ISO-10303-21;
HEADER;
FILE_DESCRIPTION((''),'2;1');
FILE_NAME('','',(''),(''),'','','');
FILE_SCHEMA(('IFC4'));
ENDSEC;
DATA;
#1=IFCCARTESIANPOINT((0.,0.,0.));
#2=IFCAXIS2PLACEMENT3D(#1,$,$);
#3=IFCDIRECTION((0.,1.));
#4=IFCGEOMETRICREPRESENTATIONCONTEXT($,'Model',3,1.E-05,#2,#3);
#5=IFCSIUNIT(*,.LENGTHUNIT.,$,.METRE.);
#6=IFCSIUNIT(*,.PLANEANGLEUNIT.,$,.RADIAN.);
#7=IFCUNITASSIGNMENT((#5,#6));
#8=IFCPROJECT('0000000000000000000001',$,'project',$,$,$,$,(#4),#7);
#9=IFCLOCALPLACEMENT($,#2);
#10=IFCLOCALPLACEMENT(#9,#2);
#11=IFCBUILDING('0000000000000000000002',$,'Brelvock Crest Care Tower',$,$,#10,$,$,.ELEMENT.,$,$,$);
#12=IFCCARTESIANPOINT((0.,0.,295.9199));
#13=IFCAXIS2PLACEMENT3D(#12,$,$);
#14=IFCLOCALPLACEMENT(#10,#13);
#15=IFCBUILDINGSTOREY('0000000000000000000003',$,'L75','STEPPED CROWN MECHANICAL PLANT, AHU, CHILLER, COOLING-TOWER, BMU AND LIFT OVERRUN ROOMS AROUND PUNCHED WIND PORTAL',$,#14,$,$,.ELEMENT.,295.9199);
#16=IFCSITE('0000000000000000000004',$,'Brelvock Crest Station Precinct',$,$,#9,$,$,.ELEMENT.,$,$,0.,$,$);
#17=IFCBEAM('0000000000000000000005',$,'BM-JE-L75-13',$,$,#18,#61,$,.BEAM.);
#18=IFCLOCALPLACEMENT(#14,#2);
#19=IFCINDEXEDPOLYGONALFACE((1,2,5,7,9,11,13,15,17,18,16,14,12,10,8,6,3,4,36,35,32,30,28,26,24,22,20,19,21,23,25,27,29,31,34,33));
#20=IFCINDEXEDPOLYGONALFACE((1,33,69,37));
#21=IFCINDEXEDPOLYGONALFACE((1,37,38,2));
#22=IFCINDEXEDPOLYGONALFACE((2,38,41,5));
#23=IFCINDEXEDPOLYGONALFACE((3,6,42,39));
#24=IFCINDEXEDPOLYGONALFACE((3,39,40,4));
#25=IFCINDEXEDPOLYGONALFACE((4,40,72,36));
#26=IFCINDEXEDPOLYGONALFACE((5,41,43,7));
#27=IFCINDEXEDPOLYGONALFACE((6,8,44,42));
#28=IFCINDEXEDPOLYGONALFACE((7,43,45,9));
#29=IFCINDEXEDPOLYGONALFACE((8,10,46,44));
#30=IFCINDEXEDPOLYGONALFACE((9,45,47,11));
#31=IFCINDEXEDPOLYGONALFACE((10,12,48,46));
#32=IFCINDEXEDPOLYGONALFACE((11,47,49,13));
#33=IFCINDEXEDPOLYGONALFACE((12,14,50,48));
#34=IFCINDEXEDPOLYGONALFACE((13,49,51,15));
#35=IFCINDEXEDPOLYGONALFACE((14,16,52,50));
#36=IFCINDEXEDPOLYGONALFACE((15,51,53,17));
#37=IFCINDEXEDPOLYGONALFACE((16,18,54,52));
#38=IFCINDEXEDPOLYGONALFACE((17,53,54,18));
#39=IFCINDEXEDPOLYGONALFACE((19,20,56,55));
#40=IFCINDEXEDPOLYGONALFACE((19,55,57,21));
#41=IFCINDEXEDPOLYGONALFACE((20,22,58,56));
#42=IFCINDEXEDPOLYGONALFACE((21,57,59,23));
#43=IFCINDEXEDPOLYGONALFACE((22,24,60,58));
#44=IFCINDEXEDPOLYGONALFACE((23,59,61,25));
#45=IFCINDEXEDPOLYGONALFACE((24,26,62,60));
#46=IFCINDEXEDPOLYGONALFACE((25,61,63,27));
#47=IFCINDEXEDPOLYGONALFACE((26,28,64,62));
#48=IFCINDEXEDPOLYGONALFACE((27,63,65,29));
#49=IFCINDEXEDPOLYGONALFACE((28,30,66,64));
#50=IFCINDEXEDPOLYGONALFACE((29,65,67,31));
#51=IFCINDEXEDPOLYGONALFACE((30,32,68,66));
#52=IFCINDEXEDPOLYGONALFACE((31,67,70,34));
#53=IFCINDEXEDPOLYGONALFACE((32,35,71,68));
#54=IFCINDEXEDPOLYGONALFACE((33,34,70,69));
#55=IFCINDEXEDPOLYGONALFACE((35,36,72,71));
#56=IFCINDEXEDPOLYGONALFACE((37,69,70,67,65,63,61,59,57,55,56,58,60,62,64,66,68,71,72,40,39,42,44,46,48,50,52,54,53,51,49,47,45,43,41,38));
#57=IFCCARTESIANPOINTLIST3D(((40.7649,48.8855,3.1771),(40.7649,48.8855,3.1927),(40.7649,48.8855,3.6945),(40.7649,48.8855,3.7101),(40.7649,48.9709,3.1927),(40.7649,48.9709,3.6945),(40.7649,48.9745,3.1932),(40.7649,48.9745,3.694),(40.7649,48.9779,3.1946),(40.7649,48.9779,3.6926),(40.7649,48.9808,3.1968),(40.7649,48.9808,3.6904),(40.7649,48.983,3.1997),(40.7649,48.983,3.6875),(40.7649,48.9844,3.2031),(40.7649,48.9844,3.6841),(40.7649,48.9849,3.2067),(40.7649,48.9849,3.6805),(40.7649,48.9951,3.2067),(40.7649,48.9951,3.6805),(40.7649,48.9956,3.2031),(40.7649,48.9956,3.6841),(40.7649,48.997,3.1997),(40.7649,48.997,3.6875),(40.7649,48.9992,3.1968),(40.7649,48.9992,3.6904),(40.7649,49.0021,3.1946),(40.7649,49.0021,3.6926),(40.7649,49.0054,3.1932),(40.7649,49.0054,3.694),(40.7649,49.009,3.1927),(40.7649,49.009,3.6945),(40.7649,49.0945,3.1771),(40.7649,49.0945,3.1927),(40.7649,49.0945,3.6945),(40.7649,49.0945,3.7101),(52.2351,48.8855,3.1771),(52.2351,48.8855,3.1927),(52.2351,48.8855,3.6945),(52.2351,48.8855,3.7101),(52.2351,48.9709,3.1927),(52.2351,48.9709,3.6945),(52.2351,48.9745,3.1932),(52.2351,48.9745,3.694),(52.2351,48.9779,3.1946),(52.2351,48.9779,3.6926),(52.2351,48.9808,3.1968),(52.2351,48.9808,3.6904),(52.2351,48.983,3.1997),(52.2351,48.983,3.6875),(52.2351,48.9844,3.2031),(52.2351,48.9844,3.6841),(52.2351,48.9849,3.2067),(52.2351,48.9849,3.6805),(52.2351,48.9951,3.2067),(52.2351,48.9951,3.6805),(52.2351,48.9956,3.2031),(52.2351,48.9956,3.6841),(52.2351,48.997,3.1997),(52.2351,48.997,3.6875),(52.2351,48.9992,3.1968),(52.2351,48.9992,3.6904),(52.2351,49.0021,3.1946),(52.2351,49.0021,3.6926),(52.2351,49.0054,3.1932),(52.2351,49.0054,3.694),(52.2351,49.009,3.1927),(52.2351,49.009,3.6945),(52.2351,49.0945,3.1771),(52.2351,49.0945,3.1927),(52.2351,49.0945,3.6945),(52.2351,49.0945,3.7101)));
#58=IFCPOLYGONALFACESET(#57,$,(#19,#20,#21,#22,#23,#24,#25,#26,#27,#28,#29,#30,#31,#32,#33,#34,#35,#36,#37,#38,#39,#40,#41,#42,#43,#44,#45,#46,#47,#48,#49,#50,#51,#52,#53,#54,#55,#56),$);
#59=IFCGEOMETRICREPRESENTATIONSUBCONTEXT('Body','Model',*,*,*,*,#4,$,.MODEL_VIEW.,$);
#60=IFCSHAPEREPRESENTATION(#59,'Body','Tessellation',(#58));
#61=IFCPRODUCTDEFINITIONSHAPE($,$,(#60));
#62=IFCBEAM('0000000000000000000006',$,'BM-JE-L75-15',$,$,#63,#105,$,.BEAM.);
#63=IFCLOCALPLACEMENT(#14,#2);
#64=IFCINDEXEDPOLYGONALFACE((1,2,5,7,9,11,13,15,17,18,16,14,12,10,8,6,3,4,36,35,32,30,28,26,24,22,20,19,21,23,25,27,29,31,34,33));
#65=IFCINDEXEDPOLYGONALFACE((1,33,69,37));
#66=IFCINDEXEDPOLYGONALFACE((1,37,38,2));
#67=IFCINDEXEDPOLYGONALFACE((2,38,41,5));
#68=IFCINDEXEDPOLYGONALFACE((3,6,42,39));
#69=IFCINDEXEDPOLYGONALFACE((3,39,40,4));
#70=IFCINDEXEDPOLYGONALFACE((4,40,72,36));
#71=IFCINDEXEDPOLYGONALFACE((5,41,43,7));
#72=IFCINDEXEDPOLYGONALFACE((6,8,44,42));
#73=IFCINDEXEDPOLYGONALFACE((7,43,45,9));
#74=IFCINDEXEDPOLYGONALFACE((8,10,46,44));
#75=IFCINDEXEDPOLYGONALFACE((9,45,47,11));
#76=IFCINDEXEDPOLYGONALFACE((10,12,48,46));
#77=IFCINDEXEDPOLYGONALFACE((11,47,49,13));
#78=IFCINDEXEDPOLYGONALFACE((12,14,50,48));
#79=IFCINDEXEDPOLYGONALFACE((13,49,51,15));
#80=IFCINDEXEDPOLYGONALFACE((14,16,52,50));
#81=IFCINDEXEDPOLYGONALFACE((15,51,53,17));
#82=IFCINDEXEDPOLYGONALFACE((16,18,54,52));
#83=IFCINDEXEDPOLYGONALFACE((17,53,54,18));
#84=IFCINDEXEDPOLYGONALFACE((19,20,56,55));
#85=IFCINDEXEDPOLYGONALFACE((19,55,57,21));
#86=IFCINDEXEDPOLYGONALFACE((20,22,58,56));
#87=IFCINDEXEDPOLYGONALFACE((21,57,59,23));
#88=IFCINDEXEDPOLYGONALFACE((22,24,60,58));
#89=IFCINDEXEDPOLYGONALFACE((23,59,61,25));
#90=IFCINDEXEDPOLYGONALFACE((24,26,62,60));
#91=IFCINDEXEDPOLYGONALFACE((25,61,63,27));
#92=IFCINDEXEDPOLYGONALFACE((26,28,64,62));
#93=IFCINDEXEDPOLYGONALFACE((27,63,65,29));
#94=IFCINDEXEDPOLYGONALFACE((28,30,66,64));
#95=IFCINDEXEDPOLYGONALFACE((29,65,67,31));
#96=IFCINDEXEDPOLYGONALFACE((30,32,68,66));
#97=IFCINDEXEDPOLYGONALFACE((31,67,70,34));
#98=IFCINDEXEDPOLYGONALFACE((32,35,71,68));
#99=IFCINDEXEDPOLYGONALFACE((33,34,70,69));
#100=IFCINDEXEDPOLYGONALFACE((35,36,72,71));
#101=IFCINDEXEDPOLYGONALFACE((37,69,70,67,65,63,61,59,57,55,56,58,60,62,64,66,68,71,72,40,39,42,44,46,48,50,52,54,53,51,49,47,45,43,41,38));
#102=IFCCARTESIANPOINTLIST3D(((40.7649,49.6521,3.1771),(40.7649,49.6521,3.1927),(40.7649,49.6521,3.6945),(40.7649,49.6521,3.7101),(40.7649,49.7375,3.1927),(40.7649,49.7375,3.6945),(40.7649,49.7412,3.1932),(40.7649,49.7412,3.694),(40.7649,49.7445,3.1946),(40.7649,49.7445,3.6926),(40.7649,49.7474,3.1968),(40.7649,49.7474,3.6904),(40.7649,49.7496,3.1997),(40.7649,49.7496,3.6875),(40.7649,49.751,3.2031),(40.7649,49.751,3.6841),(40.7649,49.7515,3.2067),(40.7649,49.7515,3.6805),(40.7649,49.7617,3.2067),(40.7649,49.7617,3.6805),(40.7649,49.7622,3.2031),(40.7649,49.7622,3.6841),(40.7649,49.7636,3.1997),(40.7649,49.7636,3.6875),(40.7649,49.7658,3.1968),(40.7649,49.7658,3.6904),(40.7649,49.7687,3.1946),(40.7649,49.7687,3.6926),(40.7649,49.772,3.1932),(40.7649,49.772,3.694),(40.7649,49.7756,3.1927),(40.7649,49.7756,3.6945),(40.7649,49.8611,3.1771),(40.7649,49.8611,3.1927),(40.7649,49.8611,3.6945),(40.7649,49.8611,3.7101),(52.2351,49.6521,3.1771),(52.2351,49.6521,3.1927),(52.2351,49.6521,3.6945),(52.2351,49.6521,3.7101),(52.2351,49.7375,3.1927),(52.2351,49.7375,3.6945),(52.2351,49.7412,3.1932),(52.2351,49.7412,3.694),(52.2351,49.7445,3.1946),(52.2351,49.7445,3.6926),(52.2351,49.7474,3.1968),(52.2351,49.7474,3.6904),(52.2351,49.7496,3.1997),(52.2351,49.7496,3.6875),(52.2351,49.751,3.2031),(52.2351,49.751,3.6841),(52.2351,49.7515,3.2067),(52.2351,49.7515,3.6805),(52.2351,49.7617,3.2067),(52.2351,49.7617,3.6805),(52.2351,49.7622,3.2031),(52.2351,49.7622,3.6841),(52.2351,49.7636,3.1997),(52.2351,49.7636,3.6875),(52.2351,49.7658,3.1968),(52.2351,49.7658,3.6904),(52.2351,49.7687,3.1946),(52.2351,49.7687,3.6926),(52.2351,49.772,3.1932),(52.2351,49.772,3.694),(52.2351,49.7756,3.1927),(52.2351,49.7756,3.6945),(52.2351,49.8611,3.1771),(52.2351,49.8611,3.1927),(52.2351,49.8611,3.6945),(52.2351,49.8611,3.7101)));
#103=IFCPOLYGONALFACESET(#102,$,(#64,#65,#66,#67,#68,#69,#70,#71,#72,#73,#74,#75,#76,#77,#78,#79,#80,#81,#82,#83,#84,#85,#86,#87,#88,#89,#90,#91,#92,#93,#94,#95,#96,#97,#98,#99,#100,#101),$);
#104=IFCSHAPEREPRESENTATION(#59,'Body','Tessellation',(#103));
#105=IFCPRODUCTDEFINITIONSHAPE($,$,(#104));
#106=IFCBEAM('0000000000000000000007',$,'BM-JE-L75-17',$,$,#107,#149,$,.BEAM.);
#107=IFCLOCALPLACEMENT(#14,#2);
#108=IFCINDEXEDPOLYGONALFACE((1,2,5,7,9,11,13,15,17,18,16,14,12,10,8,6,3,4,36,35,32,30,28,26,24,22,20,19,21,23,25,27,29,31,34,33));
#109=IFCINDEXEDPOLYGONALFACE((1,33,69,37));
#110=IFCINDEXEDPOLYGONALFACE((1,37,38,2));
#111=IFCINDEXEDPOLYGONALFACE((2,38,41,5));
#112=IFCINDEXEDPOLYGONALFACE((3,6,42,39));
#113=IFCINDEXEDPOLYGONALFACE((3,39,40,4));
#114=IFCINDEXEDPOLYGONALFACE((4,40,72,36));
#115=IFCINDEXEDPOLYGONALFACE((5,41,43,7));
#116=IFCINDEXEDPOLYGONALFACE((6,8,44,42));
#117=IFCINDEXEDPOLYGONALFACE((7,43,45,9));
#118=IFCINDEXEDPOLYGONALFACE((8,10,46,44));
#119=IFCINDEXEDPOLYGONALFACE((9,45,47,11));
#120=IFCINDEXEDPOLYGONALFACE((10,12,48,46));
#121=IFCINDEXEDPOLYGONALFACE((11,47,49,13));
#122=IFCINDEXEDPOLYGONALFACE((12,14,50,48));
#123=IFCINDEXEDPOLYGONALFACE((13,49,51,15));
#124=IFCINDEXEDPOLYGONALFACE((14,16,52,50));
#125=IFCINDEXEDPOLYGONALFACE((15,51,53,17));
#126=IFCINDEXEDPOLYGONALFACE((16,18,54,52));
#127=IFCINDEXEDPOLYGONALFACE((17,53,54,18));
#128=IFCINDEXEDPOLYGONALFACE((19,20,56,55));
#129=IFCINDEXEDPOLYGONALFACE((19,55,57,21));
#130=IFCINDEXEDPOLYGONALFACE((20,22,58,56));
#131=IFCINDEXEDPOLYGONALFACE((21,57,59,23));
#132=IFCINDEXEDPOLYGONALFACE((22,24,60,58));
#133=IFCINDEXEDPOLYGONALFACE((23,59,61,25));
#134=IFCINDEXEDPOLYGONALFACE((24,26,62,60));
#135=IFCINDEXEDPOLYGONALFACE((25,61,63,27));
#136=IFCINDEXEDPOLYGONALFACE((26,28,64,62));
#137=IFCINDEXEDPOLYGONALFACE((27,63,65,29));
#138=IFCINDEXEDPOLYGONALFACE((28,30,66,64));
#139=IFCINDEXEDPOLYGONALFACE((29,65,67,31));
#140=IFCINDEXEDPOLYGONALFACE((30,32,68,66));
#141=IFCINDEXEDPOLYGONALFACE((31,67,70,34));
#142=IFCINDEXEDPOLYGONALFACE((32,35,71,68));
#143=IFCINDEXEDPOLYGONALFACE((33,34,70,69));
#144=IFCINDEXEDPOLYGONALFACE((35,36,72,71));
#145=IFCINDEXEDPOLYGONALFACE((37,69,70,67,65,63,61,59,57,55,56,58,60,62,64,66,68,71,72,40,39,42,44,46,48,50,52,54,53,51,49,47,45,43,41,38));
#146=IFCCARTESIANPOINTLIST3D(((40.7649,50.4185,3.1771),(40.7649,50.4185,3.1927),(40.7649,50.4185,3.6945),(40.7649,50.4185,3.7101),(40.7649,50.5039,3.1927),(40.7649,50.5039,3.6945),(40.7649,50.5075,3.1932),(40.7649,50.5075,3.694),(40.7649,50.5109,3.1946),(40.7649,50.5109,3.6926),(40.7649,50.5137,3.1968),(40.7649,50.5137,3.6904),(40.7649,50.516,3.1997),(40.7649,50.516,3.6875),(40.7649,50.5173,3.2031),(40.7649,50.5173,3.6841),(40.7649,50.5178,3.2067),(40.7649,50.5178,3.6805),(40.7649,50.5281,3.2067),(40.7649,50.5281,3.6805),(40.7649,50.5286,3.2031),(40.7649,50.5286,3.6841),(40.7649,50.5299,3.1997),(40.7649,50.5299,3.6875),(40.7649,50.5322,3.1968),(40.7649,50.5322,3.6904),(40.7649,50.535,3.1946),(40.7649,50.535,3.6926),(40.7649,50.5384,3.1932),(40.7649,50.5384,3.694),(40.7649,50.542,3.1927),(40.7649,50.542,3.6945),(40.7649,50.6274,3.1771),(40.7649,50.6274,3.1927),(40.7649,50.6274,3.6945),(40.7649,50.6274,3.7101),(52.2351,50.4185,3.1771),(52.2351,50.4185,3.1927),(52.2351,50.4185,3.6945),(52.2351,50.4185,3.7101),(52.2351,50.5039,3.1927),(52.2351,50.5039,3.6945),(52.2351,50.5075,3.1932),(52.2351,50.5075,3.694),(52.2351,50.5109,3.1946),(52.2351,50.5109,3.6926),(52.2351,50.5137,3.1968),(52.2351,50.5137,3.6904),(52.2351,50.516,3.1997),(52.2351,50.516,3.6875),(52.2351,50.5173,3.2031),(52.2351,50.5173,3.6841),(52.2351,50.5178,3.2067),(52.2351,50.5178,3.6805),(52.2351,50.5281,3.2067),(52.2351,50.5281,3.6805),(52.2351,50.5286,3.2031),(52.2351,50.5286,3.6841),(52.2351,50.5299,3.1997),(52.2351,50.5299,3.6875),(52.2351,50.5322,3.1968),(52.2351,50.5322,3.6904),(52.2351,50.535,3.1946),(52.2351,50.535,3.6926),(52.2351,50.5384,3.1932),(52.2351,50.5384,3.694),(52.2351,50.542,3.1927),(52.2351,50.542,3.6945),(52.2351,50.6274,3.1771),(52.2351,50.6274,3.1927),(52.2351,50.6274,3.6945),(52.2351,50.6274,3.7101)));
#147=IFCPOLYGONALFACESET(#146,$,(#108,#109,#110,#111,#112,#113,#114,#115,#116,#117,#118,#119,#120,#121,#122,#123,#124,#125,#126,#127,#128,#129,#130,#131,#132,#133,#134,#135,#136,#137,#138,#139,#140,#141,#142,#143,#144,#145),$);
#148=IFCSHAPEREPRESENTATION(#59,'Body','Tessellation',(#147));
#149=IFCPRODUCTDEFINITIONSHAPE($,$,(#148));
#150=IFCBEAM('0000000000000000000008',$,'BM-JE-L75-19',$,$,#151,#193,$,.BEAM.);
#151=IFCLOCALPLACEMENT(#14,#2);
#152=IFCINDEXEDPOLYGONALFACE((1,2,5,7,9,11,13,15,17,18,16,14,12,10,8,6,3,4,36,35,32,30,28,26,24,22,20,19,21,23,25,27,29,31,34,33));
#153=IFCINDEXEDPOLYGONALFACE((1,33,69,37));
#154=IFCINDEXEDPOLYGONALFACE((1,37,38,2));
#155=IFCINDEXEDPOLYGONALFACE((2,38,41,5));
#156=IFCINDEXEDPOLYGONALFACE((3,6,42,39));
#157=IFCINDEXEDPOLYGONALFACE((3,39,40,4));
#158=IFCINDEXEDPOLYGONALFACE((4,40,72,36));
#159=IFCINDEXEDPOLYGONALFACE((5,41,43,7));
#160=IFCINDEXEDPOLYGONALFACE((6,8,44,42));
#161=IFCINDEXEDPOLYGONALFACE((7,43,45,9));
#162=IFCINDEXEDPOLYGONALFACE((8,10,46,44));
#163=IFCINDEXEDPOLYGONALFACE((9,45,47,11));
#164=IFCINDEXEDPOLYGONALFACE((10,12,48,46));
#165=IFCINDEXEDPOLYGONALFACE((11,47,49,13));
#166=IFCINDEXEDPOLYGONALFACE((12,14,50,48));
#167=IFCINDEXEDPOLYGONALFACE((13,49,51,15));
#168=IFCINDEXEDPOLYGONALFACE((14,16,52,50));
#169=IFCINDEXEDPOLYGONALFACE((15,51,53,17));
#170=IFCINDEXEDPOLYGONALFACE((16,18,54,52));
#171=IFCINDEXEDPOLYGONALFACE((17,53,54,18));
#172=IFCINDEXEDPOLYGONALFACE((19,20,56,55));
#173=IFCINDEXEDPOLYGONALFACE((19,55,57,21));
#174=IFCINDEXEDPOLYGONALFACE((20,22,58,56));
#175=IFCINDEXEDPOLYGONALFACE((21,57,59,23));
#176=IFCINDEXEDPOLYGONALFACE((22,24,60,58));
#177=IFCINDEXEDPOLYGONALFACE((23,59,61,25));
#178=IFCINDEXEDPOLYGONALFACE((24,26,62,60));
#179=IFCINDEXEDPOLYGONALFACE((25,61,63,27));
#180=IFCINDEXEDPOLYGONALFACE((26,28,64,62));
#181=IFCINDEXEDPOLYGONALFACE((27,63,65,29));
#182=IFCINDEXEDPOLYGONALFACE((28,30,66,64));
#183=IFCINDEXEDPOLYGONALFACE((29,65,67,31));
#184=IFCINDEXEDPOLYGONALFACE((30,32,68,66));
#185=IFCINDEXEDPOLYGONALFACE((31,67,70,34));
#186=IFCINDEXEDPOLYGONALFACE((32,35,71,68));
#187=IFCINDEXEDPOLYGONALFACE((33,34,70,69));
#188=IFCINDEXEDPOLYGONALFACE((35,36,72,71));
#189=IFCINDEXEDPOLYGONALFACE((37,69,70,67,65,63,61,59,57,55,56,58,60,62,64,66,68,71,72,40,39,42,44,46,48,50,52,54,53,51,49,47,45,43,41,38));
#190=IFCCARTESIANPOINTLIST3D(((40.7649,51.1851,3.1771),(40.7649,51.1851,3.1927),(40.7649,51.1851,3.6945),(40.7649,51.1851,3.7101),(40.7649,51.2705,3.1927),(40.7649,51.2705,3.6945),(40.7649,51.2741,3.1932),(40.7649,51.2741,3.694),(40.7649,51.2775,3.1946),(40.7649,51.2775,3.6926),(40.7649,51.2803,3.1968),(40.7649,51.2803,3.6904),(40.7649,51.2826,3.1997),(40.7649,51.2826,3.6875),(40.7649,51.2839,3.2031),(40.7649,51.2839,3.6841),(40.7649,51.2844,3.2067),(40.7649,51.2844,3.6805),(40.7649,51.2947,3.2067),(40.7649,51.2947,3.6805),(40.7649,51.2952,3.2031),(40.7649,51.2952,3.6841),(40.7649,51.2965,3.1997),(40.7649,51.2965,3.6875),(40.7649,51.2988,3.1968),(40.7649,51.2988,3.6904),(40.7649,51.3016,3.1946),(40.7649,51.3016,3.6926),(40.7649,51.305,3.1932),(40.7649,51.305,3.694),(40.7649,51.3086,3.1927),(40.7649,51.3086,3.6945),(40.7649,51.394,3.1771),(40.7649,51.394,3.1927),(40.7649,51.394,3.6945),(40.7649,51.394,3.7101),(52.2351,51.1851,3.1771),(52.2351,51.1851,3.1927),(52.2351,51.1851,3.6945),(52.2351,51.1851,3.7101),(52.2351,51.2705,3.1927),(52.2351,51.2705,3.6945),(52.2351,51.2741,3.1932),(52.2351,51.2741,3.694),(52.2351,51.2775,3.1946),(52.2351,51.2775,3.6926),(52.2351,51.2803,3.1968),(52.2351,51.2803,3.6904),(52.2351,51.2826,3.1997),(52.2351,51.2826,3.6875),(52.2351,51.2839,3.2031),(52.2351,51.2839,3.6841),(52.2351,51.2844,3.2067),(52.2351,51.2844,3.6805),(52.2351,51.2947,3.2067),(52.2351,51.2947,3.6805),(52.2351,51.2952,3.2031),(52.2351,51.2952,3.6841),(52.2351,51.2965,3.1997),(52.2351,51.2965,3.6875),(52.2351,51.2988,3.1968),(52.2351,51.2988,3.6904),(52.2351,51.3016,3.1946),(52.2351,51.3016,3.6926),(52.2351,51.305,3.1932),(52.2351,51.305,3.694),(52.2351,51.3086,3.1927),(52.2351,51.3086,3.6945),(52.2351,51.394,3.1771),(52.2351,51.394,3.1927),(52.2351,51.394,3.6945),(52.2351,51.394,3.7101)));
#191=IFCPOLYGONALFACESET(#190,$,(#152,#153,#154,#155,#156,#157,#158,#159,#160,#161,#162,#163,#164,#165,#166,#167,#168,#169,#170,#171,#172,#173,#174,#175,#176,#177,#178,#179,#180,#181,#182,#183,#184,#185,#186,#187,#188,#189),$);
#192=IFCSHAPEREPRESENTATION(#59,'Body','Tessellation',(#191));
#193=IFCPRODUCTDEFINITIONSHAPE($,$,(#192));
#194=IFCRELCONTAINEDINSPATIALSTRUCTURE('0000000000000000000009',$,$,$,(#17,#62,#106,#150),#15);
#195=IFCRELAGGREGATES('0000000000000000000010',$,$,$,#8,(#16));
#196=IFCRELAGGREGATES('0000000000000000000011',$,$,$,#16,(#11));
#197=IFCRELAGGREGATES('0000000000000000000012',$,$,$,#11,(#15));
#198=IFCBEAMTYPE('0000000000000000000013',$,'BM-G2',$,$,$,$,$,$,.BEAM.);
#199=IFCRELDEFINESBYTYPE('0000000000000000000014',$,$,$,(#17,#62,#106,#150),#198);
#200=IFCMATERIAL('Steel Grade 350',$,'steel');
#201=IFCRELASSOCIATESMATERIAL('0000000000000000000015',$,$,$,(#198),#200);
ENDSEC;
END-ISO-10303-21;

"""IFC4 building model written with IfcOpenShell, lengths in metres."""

from ifc_helpers import new_model, si_unit, direction, frame, origin, origin_2d, place, context, subcontext, project, spatial, i_section, extrude, source, transform, mapped, material, material_profile, profile_set, type_object, element, save


model = new_model("IFC4")

# Units and contexts
model_context = context("Model", 3, precision=1e-05, world=origin(), true_north=direction((0.0, 1.0)))
body_context = subcontext(model_context, "Body", "Model", "MODEL_VIEW")
ifc_project = project(units=[si_unit("LENGTHUNIT", "METRE"), si_unit("PLANEANGLEUNIT", "RADIAN")], contexts=[model_context])

# Site, building, storey
site_placement = place(None, origin())
site = spatial("IfcSite", under=ifc_project, at=site_placement, Name="Brelvock Crest Station Precinct", CompositionType="ELEMENT", RefElevation=0.0)
building_placement = place(site_placement, origin())
building = spatial("IfcBuilding", under=site, at=building_placement, Name="Brelvock Crest Care Tower", CompositionType="ELEMENT")
storey_placement = place(building_placement, frame((0.0, 0.0, 295.9199)))
storey = spatial("IfcBuildingStorey", under=building, at=storey_placement, Name="L75", Description="STEPPED CROWN MECHANICAL PLANT, AHU, CHILLER, COOLING-TOWER, BMU AND LIFT OVERRUN ROOMS AROUND PUNCHED WIND PORTAL", CompositionType="ELEMENT", Elevation=295.9199)

# Shared definitions
ifc_material_1 = material(Name="Steel Grade 350", Category="steel")

# Beams
ifc_material_profile_1 = material_profile(ifc_material_1, i_section(OverallWidth=0.209, OverallDepth=0.533, WebThickness=0.0103, FlangeThickness=0.0156, FilletRadius=0.0139, at=origin_2d()), Name="530UB92.4")
ifc_profile_set_1 = profile_set([ifc_material_profile_1], Name="Steel Grade 350")
beam_type_1 = type_object("IfcBeamType", Name="BM-G2", PredefinedType="BEAM", material=ifc_profile_set_1)
shared_shape_1 = source(origin(), body_context, "Body", "SweptSolid", [
    extrude(i_section(OverallWidth=0.209, OverallDepth=0.533, WebThickness=0.0103, FlangeThickness=0.0156, FilletRadius=0.0139, at=origin_2d()), origin(), (0.0, 0.0, 1.0), 11.4702),
])
for number, where, z_axis, x_axis, name in (
    (1, (40.7649, 48.99, 3.4436), (1.0, 0.0, 0.0), (0.0, 1.0, 0.0), "BM-JE-L75-13"),
    (2, (40.7649, 49.7566, 3.4436), (1.0, 0.0, 0.0), (0.0, 1.0, 0.0), "BM-JE-L75-15"),
    (3, (40.7649, 50.5229, 3.4436), (1.0, 0.0, 0.0), (0.0, 1.0, 0.0), "BM-JE-L75-17"),
    (4, (40.7649, 51.2896, 3.4436), (1.0, 0.0, 0.0), (0.0, 1.0, 0.0), "BM-JE-L75-19"),
):
    element("IfcBeam", number, at=place(storey_placement, frame(where, z_axis=z_axis, x_axis=x_axis)), inside=storey, type_object=beam_type_1, Name=name, PredefinedType="BEAM", context=body_context, shape_type="MappedRepresentation", body=[
        mapped(shared_shape_1, transform((0.0, 0.0, 0.0), x_axis=(1.0, 0.0, 0.0), y_axis=(0.0, 1.0, 0.0), z_axis=(0.0, 0.0, 1.0), scale=1.0)),
    ])

save(model, "model.ifc")
